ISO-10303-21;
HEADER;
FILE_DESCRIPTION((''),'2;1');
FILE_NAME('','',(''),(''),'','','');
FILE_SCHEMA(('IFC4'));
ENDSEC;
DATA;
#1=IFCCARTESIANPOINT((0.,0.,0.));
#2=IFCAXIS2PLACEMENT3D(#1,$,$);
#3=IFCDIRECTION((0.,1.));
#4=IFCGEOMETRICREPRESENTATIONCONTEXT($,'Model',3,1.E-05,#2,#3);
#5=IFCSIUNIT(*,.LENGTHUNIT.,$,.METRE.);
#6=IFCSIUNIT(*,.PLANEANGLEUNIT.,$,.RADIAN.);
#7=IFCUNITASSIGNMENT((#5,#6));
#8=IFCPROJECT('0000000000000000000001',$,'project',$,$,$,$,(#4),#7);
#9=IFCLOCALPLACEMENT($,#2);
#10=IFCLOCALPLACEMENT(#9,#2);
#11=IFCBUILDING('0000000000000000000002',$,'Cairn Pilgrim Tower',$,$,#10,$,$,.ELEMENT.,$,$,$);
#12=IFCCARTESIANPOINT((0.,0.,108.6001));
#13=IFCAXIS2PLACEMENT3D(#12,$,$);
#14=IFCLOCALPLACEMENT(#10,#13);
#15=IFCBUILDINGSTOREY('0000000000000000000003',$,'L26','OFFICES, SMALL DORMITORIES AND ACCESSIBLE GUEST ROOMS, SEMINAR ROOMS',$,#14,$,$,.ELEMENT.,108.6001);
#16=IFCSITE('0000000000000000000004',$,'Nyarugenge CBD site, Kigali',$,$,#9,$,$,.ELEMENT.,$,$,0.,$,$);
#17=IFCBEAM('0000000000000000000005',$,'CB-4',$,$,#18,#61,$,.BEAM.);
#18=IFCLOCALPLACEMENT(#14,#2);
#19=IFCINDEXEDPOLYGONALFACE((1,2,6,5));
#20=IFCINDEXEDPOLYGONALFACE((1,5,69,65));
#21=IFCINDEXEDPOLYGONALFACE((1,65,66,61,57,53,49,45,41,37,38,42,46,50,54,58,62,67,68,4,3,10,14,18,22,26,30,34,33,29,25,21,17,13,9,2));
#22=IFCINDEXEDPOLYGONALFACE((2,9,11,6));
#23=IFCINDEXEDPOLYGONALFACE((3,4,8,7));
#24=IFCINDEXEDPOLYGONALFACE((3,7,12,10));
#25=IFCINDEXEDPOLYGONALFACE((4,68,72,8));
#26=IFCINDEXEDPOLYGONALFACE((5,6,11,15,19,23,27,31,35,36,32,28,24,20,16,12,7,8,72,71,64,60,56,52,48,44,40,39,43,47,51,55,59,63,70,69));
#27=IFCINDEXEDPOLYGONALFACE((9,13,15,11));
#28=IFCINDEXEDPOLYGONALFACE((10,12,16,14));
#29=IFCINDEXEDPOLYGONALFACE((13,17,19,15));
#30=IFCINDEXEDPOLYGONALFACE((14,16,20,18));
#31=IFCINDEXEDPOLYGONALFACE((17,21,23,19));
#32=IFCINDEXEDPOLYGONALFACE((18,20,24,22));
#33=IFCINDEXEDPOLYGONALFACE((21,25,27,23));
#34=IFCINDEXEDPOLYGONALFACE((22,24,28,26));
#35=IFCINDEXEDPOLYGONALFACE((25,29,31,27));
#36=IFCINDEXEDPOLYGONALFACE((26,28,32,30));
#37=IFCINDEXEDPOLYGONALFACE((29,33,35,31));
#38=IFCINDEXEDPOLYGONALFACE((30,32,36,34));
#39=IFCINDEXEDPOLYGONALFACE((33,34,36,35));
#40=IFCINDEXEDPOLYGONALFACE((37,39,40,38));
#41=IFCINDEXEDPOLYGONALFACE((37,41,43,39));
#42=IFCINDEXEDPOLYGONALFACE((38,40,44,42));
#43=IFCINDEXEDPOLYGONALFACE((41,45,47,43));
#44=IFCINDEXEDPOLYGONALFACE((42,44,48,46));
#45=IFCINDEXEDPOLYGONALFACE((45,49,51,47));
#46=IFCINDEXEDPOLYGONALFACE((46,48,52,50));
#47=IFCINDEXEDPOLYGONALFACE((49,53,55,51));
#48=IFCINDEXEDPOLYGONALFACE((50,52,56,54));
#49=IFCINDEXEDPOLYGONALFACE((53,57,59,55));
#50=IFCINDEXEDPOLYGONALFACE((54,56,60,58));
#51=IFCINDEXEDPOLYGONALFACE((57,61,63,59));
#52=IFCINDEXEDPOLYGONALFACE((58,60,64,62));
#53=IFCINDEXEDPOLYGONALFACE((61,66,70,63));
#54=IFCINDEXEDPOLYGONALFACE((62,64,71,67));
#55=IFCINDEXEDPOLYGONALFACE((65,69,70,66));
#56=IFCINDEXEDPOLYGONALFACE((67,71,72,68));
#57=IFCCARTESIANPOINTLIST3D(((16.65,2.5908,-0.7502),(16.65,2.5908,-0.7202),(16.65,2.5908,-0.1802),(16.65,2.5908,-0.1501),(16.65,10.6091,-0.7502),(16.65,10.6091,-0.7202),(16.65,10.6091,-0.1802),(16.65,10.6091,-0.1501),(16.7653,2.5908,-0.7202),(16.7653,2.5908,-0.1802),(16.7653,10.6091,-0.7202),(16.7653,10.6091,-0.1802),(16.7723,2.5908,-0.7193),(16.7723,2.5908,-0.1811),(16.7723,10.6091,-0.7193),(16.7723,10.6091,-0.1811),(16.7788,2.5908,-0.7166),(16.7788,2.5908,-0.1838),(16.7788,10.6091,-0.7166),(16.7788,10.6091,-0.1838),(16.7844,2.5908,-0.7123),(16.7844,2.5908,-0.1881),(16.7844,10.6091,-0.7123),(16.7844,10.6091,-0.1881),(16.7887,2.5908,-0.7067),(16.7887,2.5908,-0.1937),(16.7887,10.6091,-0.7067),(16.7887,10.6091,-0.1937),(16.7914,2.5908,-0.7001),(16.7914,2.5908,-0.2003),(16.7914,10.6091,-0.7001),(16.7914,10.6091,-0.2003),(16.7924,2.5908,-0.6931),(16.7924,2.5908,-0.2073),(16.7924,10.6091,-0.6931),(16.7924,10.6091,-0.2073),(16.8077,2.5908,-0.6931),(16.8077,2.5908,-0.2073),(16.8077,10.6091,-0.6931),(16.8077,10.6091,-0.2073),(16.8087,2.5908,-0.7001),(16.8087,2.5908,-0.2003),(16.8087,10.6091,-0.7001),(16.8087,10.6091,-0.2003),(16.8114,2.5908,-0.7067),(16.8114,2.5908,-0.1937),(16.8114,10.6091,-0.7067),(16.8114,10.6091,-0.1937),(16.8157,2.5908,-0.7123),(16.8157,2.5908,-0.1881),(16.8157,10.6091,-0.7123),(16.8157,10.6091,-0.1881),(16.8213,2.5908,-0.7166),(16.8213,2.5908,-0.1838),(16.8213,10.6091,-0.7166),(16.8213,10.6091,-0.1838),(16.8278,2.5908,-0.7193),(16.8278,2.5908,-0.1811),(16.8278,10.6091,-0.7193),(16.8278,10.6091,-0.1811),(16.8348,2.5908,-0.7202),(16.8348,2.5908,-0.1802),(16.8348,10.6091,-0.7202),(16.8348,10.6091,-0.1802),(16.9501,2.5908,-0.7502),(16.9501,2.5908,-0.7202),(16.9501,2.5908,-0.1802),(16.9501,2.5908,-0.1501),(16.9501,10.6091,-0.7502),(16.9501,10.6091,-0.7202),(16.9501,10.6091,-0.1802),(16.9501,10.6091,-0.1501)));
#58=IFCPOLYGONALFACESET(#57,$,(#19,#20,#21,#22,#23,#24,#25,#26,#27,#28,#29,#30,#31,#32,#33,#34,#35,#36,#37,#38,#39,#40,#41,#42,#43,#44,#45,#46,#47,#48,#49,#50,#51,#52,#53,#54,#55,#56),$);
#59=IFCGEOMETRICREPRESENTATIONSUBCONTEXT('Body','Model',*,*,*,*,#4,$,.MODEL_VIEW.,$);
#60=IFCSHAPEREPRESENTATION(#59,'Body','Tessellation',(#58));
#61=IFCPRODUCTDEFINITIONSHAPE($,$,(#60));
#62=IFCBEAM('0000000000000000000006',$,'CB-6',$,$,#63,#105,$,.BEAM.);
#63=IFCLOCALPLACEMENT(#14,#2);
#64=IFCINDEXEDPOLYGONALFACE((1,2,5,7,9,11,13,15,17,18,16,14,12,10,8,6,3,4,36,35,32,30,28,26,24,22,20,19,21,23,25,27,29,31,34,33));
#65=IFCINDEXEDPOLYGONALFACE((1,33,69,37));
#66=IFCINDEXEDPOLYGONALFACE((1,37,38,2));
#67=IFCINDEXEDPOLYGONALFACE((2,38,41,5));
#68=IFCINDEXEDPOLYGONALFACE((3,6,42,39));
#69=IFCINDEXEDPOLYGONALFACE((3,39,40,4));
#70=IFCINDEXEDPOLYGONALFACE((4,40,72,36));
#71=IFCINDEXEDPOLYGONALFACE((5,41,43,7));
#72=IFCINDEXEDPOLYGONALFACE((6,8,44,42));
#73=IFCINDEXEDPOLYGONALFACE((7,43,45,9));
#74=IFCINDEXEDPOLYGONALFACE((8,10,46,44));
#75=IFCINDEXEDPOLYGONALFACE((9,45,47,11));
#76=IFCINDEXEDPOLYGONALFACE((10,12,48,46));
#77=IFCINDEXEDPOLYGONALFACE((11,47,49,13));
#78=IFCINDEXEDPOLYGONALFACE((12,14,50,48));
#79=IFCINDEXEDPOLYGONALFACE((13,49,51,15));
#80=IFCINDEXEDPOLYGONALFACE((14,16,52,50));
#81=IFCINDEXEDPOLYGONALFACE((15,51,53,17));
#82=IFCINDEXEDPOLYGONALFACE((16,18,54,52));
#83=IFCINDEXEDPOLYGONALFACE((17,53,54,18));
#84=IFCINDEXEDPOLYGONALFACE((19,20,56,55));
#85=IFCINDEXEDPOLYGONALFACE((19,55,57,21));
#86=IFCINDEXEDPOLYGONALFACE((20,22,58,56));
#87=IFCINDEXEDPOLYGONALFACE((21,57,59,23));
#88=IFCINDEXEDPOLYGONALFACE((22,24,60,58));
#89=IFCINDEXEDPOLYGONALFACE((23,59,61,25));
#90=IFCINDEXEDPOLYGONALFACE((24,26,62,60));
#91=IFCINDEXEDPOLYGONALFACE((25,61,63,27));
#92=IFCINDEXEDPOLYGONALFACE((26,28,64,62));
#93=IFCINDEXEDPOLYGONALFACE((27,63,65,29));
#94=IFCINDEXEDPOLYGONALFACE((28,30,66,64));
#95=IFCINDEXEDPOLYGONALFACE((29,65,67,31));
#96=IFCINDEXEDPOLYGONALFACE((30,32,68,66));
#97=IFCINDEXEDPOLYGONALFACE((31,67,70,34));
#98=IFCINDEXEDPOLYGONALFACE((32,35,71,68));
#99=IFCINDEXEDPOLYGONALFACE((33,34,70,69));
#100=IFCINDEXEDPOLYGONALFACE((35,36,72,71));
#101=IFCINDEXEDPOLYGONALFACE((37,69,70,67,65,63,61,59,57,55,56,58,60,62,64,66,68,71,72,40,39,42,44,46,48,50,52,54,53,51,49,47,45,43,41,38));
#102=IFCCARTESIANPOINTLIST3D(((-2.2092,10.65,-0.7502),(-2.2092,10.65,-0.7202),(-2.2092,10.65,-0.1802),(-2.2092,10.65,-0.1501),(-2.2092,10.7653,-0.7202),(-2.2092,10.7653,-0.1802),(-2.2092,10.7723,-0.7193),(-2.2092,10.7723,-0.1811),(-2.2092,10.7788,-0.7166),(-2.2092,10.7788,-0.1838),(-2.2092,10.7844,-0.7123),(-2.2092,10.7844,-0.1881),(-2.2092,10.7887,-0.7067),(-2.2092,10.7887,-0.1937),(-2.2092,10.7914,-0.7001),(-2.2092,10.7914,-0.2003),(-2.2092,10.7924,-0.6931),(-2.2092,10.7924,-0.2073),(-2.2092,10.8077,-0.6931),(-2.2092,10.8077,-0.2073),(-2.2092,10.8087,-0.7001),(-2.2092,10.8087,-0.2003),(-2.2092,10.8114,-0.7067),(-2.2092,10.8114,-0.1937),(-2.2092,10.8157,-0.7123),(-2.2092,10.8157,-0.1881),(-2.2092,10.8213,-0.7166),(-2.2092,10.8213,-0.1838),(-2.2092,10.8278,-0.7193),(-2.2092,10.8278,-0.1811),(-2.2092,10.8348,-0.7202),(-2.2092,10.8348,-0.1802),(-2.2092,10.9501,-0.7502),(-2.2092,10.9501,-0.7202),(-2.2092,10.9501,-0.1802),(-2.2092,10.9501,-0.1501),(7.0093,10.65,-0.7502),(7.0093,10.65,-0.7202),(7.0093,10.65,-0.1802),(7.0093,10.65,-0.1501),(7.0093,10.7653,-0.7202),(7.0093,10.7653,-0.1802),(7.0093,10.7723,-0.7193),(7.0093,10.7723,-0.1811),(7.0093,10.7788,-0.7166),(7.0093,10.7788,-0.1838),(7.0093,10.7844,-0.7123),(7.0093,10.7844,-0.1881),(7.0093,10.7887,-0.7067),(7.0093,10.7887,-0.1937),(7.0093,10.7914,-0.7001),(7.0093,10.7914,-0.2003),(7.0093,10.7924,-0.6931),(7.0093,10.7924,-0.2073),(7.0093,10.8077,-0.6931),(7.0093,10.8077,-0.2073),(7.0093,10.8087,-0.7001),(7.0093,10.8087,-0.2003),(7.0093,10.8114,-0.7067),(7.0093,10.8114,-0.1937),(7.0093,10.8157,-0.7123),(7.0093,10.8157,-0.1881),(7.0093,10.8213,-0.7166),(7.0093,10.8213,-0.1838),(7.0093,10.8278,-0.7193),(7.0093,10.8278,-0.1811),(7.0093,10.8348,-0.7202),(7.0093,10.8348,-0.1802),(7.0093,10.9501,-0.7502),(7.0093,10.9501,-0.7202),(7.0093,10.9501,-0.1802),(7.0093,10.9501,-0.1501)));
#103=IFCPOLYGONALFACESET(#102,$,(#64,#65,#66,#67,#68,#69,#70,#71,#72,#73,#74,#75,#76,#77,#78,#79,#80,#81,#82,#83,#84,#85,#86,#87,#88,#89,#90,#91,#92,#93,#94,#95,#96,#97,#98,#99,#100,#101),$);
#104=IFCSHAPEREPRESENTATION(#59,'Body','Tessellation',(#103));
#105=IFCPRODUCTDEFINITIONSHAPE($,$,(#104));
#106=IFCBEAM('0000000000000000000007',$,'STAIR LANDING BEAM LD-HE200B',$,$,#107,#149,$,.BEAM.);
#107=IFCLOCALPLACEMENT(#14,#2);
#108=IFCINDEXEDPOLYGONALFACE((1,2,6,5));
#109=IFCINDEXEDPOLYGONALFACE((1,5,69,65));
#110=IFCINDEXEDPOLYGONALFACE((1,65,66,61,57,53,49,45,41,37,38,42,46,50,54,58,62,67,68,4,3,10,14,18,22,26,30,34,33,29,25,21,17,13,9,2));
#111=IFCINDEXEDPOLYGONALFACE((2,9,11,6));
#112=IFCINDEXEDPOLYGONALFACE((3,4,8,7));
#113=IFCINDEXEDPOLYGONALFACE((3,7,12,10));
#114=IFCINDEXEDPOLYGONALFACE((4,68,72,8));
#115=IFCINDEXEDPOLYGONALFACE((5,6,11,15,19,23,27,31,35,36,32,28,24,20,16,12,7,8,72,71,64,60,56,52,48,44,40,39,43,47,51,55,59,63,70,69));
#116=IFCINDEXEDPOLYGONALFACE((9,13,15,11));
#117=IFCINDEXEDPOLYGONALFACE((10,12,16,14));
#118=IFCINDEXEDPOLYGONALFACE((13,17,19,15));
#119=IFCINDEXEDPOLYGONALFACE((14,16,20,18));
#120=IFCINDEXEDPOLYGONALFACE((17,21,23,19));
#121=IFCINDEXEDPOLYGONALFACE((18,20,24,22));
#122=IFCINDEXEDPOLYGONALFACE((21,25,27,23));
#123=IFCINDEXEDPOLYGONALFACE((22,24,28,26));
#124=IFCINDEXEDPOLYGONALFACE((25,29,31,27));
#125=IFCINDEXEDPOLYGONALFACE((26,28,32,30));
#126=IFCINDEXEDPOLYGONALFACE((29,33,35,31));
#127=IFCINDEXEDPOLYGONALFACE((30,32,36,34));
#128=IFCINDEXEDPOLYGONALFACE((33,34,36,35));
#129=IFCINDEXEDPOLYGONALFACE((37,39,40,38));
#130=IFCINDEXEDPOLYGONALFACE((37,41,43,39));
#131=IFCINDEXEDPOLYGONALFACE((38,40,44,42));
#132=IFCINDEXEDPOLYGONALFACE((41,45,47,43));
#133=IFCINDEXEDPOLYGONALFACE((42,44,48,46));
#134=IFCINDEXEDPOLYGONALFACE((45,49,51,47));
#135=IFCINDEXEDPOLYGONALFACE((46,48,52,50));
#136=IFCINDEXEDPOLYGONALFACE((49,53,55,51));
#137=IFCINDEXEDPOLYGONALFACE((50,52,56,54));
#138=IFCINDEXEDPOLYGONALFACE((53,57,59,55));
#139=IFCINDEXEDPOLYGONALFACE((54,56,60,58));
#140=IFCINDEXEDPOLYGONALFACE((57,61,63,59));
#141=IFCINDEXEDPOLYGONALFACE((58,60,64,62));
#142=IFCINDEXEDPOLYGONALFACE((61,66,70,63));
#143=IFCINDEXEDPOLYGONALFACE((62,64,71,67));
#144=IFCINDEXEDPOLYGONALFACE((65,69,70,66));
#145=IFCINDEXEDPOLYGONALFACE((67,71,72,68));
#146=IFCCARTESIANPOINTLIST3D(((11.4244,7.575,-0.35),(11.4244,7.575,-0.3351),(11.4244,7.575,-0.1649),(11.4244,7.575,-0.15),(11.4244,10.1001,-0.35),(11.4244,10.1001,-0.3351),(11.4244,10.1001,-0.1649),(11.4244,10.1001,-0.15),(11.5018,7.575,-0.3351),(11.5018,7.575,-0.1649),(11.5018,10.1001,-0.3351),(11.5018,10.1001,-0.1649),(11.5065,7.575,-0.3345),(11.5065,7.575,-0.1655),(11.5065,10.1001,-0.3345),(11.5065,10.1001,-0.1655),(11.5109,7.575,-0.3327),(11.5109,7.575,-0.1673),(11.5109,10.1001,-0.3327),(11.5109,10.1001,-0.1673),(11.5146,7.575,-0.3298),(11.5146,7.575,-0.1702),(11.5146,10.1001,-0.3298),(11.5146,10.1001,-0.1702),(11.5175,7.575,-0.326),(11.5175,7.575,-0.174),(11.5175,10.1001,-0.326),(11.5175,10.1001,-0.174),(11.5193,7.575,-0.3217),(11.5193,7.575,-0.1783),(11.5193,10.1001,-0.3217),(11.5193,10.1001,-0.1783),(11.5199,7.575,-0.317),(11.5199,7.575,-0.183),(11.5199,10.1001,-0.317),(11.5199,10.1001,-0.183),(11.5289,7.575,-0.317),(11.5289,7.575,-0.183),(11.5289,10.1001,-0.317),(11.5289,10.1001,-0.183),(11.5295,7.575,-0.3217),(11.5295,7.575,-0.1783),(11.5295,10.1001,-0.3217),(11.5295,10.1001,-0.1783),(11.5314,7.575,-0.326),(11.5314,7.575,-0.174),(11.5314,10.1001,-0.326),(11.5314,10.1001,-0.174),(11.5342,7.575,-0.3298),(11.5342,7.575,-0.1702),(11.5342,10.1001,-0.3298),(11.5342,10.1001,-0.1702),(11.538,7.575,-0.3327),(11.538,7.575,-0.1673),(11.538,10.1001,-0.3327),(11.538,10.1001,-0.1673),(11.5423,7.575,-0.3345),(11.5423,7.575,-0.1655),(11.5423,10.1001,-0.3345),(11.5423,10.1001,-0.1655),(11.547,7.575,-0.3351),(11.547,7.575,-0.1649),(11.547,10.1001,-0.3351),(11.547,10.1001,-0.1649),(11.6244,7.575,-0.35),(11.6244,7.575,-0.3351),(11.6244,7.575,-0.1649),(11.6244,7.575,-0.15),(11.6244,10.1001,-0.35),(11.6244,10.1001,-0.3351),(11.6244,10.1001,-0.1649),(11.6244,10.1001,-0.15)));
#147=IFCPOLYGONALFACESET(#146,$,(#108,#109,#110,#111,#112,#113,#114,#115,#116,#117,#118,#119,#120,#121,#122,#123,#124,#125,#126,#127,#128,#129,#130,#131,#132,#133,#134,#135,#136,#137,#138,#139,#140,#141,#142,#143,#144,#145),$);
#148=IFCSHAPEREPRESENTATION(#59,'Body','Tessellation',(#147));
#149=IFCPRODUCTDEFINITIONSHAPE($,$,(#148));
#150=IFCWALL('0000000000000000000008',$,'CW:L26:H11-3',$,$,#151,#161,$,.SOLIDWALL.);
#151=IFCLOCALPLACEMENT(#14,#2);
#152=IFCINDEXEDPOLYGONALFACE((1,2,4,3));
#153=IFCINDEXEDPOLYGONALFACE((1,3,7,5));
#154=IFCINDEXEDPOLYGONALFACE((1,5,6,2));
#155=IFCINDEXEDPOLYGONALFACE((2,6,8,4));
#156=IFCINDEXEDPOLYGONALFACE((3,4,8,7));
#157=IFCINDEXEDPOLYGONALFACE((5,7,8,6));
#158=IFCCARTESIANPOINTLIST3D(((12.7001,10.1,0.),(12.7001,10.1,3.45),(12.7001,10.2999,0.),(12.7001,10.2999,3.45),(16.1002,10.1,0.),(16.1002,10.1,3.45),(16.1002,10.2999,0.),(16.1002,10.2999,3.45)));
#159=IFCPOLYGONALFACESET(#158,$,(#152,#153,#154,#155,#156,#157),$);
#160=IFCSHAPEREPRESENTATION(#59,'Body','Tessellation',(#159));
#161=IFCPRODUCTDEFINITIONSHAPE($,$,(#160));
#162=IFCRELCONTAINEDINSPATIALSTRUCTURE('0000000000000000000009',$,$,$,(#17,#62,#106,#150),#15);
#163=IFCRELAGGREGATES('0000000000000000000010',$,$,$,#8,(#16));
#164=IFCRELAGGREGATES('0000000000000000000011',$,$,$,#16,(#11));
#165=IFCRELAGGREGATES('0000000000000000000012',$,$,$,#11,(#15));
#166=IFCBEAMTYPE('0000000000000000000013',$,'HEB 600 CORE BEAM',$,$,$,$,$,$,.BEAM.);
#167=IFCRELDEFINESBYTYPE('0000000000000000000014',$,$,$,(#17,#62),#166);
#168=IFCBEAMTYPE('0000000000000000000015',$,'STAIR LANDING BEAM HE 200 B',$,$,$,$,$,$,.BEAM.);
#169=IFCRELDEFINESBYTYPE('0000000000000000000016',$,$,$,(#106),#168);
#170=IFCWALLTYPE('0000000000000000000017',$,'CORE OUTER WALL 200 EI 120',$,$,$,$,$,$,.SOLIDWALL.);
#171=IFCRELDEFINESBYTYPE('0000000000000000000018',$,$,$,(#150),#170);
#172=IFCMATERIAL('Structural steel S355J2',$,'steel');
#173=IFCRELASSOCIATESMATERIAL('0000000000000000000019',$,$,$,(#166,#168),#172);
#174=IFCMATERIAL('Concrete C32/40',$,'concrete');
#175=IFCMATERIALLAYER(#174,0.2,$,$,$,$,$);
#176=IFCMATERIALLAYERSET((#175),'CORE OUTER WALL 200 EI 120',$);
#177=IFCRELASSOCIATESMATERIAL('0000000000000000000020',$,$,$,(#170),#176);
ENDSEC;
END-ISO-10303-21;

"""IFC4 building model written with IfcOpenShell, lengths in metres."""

from ifc_helpers import new_model, si_unit, direction, frame, frame_2d, origin, origin_2d, place, context, subcontext, project, spatial, rectangle, i_section, extrude, material, layer, layer_set, material_profile, profile_set, type_object, element, save


model = new_model("IFC4")

# Units and contexts
model_context = context("Model", 3, precision=1e-05, world=origin(), true_north=direction((0.0, 1.0)))
body_context = subcontext(model_context, "Body", "Model", "MODEL_VIEW")
ifc_project = project(units=[si_unit("LENGTHUNIT", "METRE"), si_unit("PLANEANGLEUNIT", "RADIAN")], contexts=[model_context])

# Site, building, storey
site_placement = place(None, origin())
site = spatial("IfcSite", under=ifc_project, at=site_placement, Name="Nyarugenge CBD site, Kigali", CompositionType="ELEMENT", RefElevation=0.0)
building_placement = place(site_placement, origin())
building = spatial("IfcBuilding", under=site, at=building_placement, Name="Cairn Pilgrim Tower", CompositionType="ELEMENT")
storey_placement = place(building_placement, frame((0.0, 0.0, 108.6001)))
storey = spatial("IfcBuildingStorey", under=building, at=storey_placement, Name="L26", Description="OFFICES, SMALL DORMITORIES AND ACCESSIBLE GUEST ROOMS, SEMINAR ROOMS", CompositionType="ELEMENT", Elevation=108.6001)

# Beams
ifc_material_1 = material(Name="Structural steel S355J2", Category="steel")
ifc_material_profile_1 = material_profile(ifc_material_1, i_section(OverallWidth=0.3, OverallDepth=0.6001, WebThickness=0.0154, FlangeThickness=0.03, FilletRadius=0.0271, at=origin_2d()), Name="HEB 600")
ifc_profile_set_1 = profile_set([ifc_material_profile_1], Name="Structural steel S355J2")
beam_type_1 = type_object("IfcBeamType", Name="HEB 600 CORE BEAM", PredefinedType="BEAM", material=ifc_profile_set_1)
beam_1_placement = place(storey_placement, frame((16.8, 2.5908, -0.4502), z_axis=(0.0, 1.0, 0.0), x_axis=(-1.0, 0.0, 0.0)))
element("IfcBeam", 1, at=beam_1_placement, inside=storey, type_object=beam_type_1, Name="CB-4", PredefinedType="BEAM", context=body_context, shape_type="SweptSolid", body=[
    extrude(i_section(OverallWidth=0.3, OverallDepth=0.6001, WebThickness=0.0154, FlangeThickness=0.03, FilletRadius=0.0271, at=origin_2d()), origin(), (0.0, 0.0, 1.0), 8.0183),
])
beam_2_placement = place(storey_placement, frame((7.0093, 10.8, -0.4502), z_axis=(-1.0, 0.0, 0.0), x_axis=(0.0, -1.0, 0.0)))
element("IfcBeam", 2, at=beam_2_placement, inside=storey, type_object=beam_type_1, Name="CB-6", PredefinedType="BEAM", context=body_context, shape_type="SweptSolid", body=[
    extrude(i_section(OverallWidth=0.3, OverallDepth=0.6001, WebThickness=0.0154, FlangeThickness=0.03, FilletRadius=0.0271, at=origin_2d()), origin(), (0.0, 0.0, 1.0), 9.2185),
])
ifc_material_profile_2 = material_profile(ifc_material_1, i_section(OverallWidth=0.2, OverallDepth=0.2, WebThickness=0.009, FlangeThickness=0.0149, FilletRadius=0.0181, at=origin_2d()), Name="HE 200 B")
ifc_profile_set_2 = profile_set([ifc_material_profile_2], Name="Structural steel S355J2")
beam_type_2 = type_object("IfcBeamType", Name="STAIR LANDING BEAM HE 200 B", PredefinedType="BEAM", material=ifc_profile_set_2)
beam_3_placement = place(storey_placement, frame((11.5244, 10.1001, -0.25), z_axis=(0.0, -1.0, 0.0), x_axis=(1.0, 0.0, 0.0)))
element("IfcBeam", 3, at=beam_3_placement, inside=storey, type_object=beam_type_2, Name="STAIR LANDING BEAM LD-HE200B", PredefinedType="BEAM", context=body_context, shape_type="SweptSolid", body=[
    extrude(i_section(OverallWidth=0.2, OverallDepth=0.2, WebThickness=0.009, FlangeThickness=0.0149, FilletRadius=0.0181, at=origin_2d()), origin(), (0.0, 0.0, 1.0), 2.5251),
])

# Wall
ifc_material_2 = material(Name="Concrete C32/40", Category="concrete")
ifc_layer_1 = layer(ifc_material_2, 0.2)
ifc_layer_set_1 = layer_set([ifc_layer_1], Name="CORE OUTER WALL 200 EI 120")
wall_type_1 = type_object("IfcWallType", Name="CORE OUTER WALL 200 EI 120", PredefinedType="SOLIDWALL", material=ifc_layer_set_1)
wall_1_placement = place(storey_placement, frame((12.7, 10.2, 0.0), z_axis=(0.0, 0.0, 1.0), x_axis=(1.0, 0.0, 0.0)))
element("IfcWall", 4, at=wall_1_placement, inside=storey, type_object=wall_type_1, Name="CW:L26:H11-3", PredefinedType="SOLIDWALL", context=body_context, shape_type="SweptSolid", body=[
    extrude(rectangle(XDim=3.4001, YDim=0.2, at=frame_2d((1.7002, 0.0))), origin(), (0.0, 0.0, 1.0), 3.45),
])

save(model, "model.ifc")
